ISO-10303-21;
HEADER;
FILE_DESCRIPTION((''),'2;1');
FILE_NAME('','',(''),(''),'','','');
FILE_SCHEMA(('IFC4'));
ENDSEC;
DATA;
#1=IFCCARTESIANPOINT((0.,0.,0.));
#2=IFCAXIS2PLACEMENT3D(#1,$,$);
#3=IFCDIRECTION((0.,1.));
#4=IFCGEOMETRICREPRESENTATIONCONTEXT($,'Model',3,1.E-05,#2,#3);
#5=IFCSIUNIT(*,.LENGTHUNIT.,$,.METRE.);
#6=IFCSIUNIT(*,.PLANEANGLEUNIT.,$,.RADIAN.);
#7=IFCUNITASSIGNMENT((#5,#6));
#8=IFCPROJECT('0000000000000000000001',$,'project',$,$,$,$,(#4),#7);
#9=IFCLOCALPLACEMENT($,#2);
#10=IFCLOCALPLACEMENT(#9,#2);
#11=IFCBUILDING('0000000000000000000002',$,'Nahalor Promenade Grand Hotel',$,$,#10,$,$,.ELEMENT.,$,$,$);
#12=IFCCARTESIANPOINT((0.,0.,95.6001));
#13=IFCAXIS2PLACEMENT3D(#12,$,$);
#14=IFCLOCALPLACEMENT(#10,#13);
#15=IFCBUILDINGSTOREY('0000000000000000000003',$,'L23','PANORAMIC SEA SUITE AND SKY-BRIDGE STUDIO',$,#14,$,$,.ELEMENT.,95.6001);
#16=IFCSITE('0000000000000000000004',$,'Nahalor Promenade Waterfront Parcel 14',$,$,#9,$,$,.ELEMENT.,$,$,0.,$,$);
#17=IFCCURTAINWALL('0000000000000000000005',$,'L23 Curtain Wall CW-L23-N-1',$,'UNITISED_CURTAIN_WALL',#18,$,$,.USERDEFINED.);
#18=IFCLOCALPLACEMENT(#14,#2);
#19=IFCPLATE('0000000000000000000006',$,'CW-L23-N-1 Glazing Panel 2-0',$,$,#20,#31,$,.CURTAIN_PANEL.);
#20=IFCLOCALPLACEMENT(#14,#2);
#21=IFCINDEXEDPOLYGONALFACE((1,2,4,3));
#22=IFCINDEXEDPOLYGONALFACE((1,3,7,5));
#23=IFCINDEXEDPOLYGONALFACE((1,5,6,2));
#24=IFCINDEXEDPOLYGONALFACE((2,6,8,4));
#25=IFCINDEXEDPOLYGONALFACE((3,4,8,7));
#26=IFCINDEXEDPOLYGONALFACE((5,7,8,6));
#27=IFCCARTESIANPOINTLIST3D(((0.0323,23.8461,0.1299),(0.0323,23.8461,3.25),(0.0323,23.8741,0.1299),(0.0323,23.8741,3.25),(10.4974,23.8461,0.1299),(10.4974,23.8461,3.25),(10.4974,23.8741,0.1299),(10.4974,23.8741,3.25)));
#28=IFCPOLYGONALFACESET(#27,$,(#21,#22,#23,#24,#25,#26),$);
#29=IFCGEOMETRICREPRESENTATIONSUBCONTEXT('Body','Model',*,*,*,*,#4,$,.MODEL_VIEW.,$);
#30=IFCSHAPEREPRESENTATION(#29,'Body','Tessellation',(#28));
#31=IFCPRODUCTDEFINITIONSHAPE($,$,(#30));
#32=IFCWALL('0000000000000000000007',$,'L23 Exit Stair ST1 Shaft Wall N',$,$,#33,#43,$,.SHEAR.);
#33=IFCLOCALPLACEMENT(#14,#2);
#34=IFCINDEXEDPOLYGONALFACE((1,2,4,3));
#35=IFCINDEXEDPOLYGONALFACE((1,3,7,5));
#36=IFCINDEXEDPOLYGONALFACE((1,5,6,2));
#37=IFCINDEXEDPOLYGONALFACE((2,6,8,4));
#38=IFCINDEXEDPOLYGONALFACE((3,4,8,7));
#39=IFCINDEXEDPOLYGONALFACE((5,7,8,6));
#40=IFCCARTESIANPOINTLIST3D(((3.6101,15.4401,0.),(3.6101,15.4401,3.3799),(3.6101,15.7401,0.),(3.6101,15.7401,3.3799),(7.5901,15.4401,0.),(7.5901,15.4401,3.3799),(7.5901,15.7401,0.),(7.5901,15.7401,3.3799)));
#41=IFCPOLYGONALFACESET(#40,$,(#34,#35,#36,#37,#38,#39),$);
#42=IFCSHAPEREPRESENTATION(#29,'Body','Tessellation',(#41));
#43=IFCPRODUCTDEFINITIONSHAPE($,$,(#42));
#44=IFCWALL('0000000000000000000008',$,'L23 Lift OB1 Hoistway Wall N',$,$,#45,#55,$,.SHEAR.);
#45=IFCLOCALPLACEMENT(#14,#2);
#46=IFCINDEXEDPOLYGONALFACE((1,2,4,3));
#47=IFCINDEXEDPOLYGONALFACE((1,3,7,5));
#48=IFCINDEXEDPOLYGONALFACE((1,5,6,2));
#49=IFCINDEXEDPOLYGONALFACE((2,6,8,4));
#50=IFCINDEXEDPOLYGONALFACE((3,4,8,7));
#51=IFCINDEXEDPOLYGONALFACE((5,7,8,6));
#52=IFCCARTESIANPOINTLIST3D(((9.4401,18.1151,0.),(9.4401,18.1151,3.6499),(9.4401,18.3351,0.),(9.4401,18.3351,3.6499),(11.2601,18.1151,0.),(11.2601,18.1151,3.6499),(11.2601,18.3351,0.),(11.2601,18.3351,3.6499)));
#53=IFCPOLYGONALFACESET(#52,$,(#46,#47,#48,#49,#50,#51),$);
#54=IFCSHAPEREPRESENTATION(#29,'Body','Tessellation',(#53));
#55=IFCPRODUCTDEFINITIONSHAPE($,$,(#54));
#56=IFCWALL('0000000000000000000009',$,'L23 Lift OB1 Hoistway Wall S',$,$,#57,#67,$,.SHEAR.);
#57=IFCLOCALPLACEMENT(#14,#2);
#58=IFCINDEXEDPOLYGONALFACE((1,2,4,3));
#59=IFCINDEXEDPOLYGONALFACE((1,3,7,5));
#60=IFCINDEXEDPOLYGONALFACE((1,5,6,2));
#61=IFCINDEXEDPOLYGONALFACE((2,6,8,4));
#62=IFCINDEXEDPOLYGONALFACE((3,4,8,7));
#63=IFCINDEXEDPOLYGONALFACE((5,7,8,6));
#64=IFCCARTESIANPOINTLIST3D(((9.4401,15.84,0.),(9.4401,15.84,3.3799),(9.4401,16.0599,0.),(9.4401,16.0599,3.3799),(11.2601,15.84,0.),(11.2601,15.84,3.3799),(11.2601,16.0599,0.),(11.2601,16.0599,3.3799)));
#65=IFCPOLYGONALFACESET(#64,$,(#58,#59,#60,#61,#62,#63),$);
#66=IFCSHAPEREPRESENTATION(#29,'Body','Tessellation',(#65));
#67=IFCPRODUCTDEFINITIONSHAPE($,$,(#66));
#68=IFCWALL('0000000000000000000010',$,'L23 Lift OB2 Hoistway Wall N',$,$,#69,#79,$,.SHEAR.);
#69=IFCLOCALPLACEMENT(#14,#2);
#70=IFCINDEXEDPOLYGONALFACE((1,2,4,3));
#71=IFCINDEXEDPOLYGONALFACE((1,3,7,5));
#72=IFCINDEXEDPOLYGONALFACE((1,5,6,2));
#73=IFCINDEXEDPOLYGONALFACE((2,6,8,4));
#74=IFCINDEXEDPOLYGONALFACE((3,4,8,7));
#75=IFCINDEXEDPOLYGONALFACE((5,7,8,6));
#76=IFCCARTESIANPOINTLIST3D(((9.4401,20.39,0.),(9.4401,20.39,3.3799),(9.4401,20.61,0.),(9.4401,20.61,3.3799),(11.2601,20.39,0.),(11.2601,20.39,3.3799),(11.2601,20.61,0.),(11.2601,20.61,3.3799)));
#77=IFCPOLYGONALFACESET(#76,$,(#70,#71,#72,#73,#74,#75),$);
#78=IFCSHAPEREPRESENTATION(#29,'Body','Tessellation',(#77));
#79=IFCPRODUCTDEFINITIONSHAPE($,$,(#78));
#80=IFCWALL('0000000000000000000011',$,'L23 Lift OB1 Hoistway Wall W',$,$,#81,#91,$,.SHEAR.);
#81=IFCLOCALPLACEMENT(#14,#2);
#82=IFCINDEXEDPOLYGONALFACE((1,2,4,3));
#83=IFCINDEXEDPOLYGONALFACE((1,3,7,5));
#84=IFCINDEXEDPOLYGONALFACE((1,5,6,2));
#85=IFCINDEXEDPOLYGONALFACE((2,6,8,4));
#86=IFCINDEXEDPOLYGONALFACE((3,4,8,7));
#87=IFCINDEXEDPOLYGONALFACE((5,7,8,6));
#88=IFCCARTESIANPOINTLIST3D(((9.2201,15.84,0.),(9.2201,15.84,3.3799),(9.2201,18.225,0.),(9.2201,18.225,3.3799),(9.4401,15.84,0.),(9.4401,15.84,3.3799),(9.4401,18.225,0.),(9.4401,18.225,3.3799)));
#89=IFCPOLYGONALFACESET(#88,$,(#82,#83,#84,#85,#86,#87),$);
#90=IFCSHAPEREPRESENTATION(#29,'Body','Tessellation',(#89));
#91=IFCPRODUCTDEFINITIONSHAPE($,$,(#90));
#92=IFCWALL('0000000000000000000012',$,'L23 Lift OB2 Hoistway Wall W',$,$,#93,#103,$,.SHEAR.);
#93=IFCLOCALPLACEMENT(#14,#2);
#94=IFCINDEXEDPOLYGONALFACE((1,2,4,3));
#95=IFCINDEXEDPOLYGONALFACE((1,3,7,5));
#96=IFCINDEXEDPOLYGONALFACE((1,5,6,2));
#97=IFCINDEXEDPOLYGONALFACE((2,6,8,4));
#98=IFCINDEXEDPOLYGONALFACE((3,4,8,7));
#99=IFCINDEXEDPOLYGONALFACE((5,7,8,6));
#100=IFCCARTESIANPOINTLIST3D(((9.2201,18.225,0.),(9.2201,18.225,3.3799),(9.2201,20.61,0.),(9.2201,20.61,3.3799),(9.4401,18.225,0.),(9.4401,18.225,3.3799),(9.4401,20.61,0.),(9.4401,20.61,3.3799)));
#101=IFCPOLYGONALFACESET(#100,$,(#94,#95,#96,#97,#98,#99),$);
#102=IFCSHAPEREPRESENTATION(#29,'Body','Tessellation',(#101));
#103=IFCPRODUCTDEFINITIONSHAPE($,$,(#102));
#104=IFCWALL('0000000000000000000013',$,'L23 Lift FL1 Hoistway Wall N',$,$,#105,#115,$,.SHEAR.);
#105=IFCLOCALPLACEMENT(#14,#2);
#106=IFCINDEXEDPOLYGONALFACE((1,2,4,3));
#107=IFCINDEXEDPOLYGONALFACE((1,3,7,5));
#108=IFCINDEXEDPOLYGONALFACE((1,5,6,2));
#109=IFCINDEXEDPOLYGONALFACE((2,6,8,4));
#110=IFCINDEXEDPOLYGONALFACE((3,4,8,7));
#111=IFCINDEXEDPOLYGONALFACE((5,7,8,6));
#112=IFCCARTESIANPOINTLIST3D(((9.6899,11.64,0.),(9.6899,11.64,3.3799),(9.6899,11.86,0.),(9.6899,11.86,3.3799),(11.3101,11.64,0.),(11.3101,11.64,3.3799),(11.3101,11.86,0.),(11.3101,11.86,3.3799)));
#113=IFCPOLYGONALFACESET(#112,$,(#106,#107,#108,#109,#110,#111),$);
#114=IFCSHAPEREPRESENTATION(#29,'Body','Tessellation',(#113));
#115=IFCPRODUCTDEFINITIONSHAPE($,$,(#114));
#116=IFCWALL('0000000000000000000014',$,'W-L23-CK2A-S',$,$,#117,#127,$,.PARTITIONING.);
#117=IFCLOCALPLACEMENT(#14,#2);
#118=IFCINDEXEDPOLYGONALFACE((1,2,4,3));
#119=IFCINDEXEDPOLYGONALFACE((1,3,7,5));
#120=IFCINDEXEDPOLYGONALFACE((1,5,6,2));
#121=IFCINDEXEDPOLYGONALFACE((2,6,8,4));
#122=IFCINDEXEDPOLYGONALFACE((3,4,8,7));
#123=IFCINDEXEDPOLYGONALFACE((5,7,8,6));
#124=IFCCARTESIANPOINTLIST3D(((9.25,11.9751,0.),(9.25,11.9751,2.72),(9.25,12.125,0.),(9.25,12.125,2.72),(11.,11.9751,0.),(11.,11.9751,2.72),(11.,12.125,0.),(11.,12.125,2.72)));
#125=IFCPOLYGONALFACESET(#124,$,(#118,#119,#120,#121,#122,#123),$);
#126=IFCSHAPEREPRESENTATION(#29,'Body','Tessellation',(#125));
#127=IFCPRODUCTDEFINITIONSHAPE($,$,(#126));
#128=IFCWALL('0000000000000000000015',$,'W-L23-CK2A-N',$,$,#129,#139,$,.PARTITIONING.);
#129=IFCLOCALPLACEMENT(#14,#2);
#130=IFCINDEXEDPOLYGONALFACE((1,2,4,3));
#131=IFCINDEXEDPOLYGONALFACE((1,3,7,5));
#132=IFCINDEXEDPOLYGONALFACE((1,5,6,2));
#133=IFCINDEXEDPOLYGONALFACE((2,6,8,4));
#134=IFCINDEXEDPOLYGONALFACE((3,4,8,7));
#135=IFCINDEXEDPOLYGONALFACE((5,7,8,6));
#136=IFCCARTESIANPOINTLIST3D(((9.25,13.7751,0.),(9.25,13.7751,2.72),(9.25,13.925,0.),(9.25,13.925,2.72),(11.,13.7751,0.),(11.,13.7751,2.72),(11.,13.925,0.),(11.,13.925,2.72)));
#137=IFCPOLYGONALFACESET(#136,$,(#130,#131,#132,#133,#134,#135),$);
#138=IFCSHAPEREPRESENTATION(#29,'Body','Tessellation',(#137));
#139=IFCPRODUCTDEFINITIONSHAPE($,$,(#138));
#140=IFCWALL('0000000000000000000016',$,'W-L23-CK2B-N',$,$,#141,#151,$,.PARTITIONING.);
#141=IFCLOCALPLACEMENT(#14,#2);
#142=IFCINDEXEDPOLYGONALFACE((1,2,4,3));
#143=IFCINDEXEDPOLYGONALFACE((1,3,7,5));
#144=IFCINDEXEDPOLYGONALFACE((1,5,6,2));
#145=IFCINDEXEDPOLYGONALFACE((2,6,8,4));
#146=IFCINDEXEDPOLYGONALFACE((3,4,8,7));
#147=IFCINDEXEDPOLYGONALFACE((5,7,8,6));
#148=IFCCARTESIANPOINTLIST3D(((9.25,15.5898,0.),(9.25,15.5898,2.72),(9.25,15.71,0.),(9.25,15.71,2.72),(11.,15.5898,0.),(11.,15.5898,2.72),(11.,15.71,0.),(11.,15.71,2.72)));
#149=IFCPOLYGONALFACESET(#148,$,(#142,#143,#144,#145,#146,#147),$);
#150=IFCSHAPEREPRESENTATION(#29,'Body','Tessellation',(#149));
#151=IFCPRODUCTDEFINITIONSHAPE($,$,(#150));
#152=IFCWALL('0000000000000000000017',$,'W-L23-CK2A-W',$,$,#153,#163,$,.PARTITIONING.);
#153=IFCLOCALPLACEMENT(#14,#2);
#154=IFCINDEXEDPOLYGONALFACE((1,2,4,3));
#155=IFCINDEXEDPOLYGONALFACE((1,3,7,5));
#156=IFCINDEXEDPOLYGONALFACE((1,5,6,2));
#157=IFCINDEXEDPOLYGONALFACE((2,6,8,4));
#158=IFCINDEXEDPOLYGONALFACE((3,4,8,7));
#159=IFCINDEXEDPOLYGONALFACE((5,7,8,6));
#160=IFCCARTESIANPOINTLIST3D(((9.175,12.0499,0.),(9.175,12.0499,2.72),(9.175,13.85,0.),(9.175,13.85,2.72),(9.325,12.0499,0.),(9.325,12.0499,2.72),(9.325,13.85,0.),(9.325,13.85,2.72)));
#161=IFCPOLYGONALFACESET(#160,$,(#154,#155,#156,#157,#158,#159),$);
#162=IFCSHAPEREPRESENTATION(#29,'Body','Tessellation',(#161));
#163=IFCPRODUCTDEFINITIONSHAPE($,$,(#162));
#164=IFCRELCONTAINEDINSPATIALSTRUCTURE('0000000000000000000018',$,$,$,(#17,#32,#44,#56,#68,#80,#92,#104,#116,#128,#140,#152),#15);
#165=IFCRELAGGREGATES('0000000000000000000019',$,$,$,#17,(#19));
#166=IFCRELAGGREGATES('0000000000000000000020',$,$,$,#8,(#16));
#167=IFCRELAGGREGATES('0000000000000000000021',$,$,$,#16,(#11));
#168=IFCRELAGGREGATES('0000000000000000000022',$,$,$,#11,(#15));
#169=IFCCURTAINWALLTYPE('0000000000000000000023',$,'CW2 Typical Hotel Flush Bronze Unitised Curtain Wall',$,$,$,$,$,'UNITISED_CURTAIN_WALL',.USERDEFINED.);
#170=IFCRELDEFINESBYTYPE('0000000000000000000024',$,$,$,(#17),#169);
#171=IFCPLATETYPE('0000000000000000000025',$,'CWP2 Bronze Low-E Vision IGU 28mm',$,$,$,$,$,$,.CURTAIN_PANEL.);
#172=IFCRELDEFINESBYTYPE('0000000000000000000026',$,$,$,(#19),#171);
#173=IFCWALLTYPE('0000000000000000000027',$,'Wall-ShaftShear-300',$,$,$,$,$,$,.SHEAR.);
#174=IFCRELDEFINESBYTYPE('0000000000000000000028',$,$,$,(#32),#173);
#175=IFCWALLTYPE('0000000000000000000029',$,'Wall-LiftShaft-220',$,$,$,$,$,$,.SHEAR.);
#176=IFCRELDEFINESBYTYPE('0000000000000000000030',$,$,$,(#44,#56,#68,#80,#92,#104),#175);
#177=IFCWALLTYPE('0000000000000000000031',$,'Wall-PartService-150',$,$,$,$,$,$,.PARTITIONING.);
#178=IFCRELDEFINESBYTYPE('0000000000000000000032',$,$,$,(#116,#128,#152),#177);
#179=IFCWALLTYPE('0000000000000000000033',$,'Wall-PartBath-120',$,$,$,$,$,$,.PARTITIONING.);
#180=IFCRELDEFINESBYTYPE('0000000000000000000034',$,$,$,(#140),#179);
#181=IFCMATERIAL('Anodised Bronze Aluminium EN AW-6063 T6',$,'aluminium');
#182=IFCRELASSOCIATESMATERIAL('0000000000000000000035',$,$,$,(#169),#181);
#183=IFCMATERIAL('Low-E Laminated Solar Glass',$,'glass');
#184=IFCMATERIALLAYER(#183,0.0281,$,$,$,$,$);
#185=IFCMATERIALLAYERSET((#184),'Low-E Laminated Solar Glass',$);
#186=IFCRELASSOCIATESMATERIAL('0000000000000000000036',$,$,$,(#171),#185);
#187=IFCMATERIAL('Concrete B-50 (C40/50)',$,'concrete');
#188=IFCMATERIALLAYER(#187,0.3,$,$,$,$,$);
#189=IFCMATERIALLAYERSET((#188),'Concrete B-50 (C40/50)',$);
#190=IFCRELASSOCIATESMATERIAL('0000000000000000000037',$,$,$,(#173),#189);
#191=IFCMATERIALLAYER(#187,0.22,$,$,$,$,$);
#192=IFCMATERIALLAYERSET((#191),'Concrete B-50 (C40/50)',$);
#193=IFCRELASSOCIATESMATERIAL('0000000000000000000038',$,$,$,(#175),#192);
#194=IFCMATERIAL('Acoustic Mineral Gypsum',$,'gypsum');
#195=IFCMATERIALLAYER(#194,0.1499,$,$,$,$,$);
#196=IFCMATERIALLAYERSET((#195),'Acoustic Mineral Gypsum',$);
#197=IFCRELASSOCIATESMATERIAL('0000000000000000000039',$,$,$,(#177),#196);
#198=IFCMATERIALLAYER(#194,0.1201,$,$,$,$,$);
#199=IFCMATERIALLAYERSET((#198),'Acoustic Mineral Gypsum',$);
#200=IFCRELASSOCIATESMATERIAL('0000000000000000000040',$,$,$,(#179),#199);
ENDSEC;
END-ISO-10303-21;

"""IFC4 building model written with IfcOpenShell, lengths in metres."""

from ifc_helpers import new_model, si_unit, direction, frame, frame_2d, origin, origin_2d, place, context, subcontext, project, spatial, rectangle, extrude, source, transform, mapped, material, layer, layer_set, type_object, element, aggregate, save


model = new_model("IFC4")

# Units and contexts
model_context = context("Model", 3, precision=1e-05, world=origin(), true_north=direction((0.0, 1.0)))
body_context = subcontext(model_context, "Body", "Model", "MODEL_VIEW")
ifc_project = project(units=[si_unit("LENGTHUNIT", "METRE"), si_unit("PLANEANGLEUNIT", "RADIAN")], contexts=[model_context])

# Site, building, storey
site_placement = place(None, origin())
site = spatial("IfcSite", under=ifc_project, at=site_placement, Name="Nahalor Promenade Waterfront Parcel 14", CompositionType="ELEMENT", RefElevation=0.0)
building_placement = place(site_placement, origin())
building = spatial("IfcBuilding", under=site, at=building_placement, Name="Nahalor Promenade Grand Hotel", CompositionType="ELEMENT")
storey_placement = place(building_placement, frame((0.0, 0.0, 95.6001)))
storey = spatial("IfcBuildingStorey", under=building, at=storey_placement, Name="L23", Description="PANORAMIC SEA SUITE AND SKY-BRIDGE STUDIO", CompositionType="ELEMENT", Elevation=95.6001)

# Curtain wall, plate
ifc_material_1 = material(Name="Anodised Bronze Aluminium EN AW-6063 T6", Category="aluminium")
curtain_wall_type = type_object("IfcCurtainWallType", Name="CW2 Typical Hotel Flush Bronze Unitised Curtain Wall", ElementType="UNITISED_CURTAIN_WALL", PredefinedType="USERDEFINED", material=ifc_material_1)
curtain_wall_placement = place(storey_placement, origin())
curtain_wall = element("IfcCurtainWall", 1, at=curtain_wall_placement, inside=storey, type_object=curtain_wall_type, Name="L23 Curtain Wall CW-L23-N-1", ObjectType="UNITISED_CURTAIN_WALL", PredefinedType="USERDEFINED")
ifc_material_2 = material(Name="Low-E Laminated Solar Glass", Category="glass")
ifc_layer_1 = layer(ifc_material_2, 0.0281)
ifc_layer_set_1 = layer_set([ifc_layer_1], Name="Low-E Laminated Solar Glass")
plate_type = type_object("IfcPlateType", Name="CWP2 Bronze Low-E Vision IGU 28mm", PredefinedType="CURTAIN_PANEL", material=ifc_layer_set_1)
shared_shape_1 = source(origin(), body_context, "Body", "SweptSolid", [
    extrude(rectangle(XDim=10.4651, YDim=0.0281, at=origin_2d()), origin(), (0.0, 0.0, 1.0), 3.1201),
])
plate_placement = place(storey_placement, frame((5.2649, 23.8601, 0.1299), z_axis=(0.0, 0.0, 1.0), x_axis=(1.0, 0.0, 0.0)))
plate = element("IfcPlate", 2, at=plate_placement, type_object=plate_type, Name="CW-L23-N-1 Glazing Panel 2-0", PredefinedType="CURTAIN_PANEL", context=body_context, shape_type="MappedRepresentation", body=[
    mapped(shared_shape_1, transform((0.0, 0.0, 0.0), scale=1.0)),
])
aggregate(curtain_wall, [plate])

# Walls
ifc_material_3 = material(Name="Concrete B-50 (C40/50)", Category="concrete")
ifc_layer_2 = layer(ifc_material_3, 0.3)
ifc_layer_set_2 = layer_set([ifc_layer_2], Name="Concrete B-50 (C40/50)")
wall_type_1 = type_object("IfcWallType", Name="Wall-ShaftShear-300", PredefinedType="SHEAR", material=ifc_layer_set_2)
shared_shape_2 = source(origin(), body_context, "Body", "SweptSolid", [
    extrude(rectangle(XDim=3.98, YDim=0.3, at=frame_2d((1.99, 0.0))), origin(), (0.0, 0.0, 1.0), 3.3799),
])
wall_1_placement = place(storey_placement, frame((3.6101, 15.5901, 0.0), z_axis=(0.0, 0.0, 1.0), x_axis=(1.0, 0.0, 0.0)))
element("IfcWall", 3, at=wall_1_placement, inside=storey, type_object=wall_type_1, Name="L23 Exit Stair ST1 Shaft Wall N", PredefinedType="SHEAR", context=body_context, shape_type="MappedRepresentation", body=[
    mapped(shared_shape_2, transform((0.0, 0.0, 0.0), scale=1.0)),
])
ifc_layer_3 = layer(ifc_material_3, 0.22)
ifc_layer_set_3 = layer_set([ifc_layer_3], Name="Concrete B-50 (C40/50)")
wall_type_2 = type_object("IfcWallType", Name="Wall-LiftShaft-220", PredefinedType="SHEAR", material=ifc_layer_set_3)
shared_shape_3 = source(origin(), body_context, "Body", "SweptSolid", [
    extrude(rectangle(XDim=1.8201, YDim=0.22, at=frame_2d((0.9102, 0.0))), origin(), (0.0, 0.0, 1.0), 3.6499),
])
wall_2_placement = place(storey_placement, frame((9.4399, 18.2251, 0.0), z_axis=(0.0, 0.0, 1.0), x_axis=(1.0, 0.0, 0.0)))
element("IfcWall", 4, at=wall_2_placement, inside=storey, type_object=wall_type_2, Name="L23 Lift OB1 Hoistway Wall N", PredefinedType="SHEAR", context=body_context, shape_type="MappedRepresentation", body=[
    mapped(shared_shape_3, transform((0.0, 0.0, 0.0), scale=1.0)),
])
shared_shape_4 = source(origin(), body_context, "Body", "SweptSolid", [
    extrude(rectangle(XDim=1.8201, YDim=0.22, at=frame_2d((0.9102, 0.0))), origin(), (0.0, 0.0, 1.0), 3.3799),
])
for number, where, z_axis, x_axis, name in (
    (5, (9.4399, 15.95, 0.0), (0.0, 0.0, 1.0), (1.0, 0.0, 0.0), "L23 Lift OB1 Hoistway Wall S"),
    (6, (9.4399, 20.5, 0.0), (0.0, 0.0, 1.0), (1.0, 0.0, 0.0), "L23 Lift OB2 Hoistway Wall N"),
):
    element("IfcWall", number, at=place(storey_placement, frame(where, z_axis=z_axis, x_axis=x_axis)), inside=storey, type_object=wall_type_2, Name=name, PredefinedType="SHEAR", context=body_context, shape_type="MappedRepresentation", body=[
        mapped(shared_shape_4, transform((0.0, 0.0, 0.0), scale=1.0)),
    ])
shared_shape_5 = source(origin(), body_context, "Body", "SweptSolid", [
    extrude(rectangle(XDim=2.385, YDim=0.22, at=frame_2d((1.1924, 0.0))), origin(), (0.0, 0.0, 1.0), 3.3799),
])
for number, where, z_axis, x_axis, name in (
    (7, (9.3301, 15.8401, 0.0), (0.0, 0.0, 1.0), (0.0, 1.0, 0.0), "L23 Lift OB1 Hoistway Wall W"),
    (8, (9.3301, 18.2251, 0.0), (0.0, 0.0, 1.0), (0.0, 1.0, 0.0), "L23 Lift OB2 Hoistway Wall W"),
):
    element("IfcWall", number, at=place(storey_placement, frame(where, z_axis=z_axis, x_axis=x_axis)), inside=storey, type_object=wall_type_2, Name=name, PredefinedType="SHEAR", context=body_context, shape_type="MappedRepresentation", body=[
        mapped(shared_shape_5, transform((0.0, 0.0, 0.0), scale=1.0)),
    ])
shared_shape_6 = source(origin(), body_context, "Body", "SweptSolid", [
    extrude(rectangle(XDim=1.6201, YDim=0.22, at=frame_2d((0.8101, 0.0))), origin(), (0.0, 0.0, 1.0), 3.3799),
])
wall_3_placement = place(storey_placement, frame((9.6899, 11.75, 0.0), z_axis=(0.0, 0.0, 1.0), x_axis=(1.0, 0.0, 0.0)))
element("IfcWall", 9, at=wall_3_placement, inside=storey, type_object=wall_type_2, Name="L23 Lift FL1 Hoistway Wall N", PredefinedType="SHEAR", context=body_context, shape_type="MappedRepresentation", body=[
    mapped(shared_shape_6, transform((0.0, 0.0, 0.0), scale=1.0)),
])
ifc_material_4 = material(Name="Acoustic Mineral Gypsum", Category="gypsum")
ifc_layer_4 = layer(ifc_material_4, 0.1499)
ifc_layer_set_4 = layer_set([ifc_layer_4], Name="Acoustic Mineral Gypsum")
wall_type_3 = type_object("IfcWallType", Name="Wall-PartService-150", PredefinedType="PARTITIONING", material=ifc_layer_set_4)
shared_shape_7 = source(origin(), body_context, "Body", "SweptSolid", [
    extrude(rectangle(XDim=1.75, YDim=0.1499, at=frame_2d((0.875, 0.0))), origin(), (0.0, 0.0, 1.0), 2.72),
])
for number, where, z_axis, x_axis, name in (
    (10, (9.25, 12.05, 0.0), (0.0, 0.0, 1.0), (1.0, 0.0, 0.0), "W-L23-CK2A-S"),
    (11, (9.25, 13.8501, 0.0), (0.0, 0.0, 1.0), (1.0, 0.0, 0.0), "W-L23-CK2A-N"),
):
    element("IfcWall", number, at=place(storey_placement, frame(where, z_axis=z_axis, x_axis=x_axis)), inside=storey, type_object=wall_type_3, Name=name, PredefinedType="PARTITIONING", context=body_context, shape_type="MappedRepresentation", body=[
        mapped(shared_shape_7, transform((0.0, 0.0, 0.0), scale=1.0)),
    ])
ifc_layer_5 = layer(ifc_material_4, 0.1201)
ifc_layer_set_5 = layer_set([ifc_layer_5], Name="Acoustic Mineral Gypsum")
wall_type_4 = type_object("IfcWallType", Name="Wall-PartBath-120", PredefinedType="PARTITIONING", material=ifc_layer_set_5)
shared_shape_8 = source(origin(), body_context, "Body", "SweptSolid", [
    extrude(rectangle(XDim=1.75, YDim=0.1201, at=frame_2d((0.875, 0.0))), origin(), (0.0, 0.0, 1.0), 2.72),
])
wall_4_placement = place(storey_placement, frame((9.25, 15.6499, 0.0), z_axis=(0.0, 0.0, 1.0), x_axis=(1.0, 0.0, 0.0)))
element("IfcWall", 12, at=wall_4_placement, inside=storey, type_object=wall_type_4, Name="W-L23-CK2B-N", PredefinedType="PARTITIONING", context=body_context, shape_type="MappedRepresentation", body=[
    mapped(shared_shape_8, transform((0.0, 0.0, 0.0), scale=1.0)),
])
shared_shape_9 = source(origin(), body_context, "Body", "SweptSolid", [
    extrude(rectangle(XDim=1.8, YDim=0.1499, at=frame_2d((0.8999, 0.0))), origin(), (0.0, 0.0, 1.0), 2.72),
])
wall_5_placement = place(storey_placement, frame((9.25, 12.05, 0.0), z_axis=(0.0, 0.0, 1.0), x_axis=(0.0, 1.0, 0.0)))
element("IfcWall", 13, at=wall_5_placement, inside=storey, type_object=wall_type_3, Name="W-L23-CK2A-W", PredefinedType="PARTITIONING", context=body_context, shape_type="MappedRepresentation", body=[
    mapped(shared_shape_9, transform((0.0, 0.0, 0.0), scale=1.0)),
])

save(model, "model.ifc")
